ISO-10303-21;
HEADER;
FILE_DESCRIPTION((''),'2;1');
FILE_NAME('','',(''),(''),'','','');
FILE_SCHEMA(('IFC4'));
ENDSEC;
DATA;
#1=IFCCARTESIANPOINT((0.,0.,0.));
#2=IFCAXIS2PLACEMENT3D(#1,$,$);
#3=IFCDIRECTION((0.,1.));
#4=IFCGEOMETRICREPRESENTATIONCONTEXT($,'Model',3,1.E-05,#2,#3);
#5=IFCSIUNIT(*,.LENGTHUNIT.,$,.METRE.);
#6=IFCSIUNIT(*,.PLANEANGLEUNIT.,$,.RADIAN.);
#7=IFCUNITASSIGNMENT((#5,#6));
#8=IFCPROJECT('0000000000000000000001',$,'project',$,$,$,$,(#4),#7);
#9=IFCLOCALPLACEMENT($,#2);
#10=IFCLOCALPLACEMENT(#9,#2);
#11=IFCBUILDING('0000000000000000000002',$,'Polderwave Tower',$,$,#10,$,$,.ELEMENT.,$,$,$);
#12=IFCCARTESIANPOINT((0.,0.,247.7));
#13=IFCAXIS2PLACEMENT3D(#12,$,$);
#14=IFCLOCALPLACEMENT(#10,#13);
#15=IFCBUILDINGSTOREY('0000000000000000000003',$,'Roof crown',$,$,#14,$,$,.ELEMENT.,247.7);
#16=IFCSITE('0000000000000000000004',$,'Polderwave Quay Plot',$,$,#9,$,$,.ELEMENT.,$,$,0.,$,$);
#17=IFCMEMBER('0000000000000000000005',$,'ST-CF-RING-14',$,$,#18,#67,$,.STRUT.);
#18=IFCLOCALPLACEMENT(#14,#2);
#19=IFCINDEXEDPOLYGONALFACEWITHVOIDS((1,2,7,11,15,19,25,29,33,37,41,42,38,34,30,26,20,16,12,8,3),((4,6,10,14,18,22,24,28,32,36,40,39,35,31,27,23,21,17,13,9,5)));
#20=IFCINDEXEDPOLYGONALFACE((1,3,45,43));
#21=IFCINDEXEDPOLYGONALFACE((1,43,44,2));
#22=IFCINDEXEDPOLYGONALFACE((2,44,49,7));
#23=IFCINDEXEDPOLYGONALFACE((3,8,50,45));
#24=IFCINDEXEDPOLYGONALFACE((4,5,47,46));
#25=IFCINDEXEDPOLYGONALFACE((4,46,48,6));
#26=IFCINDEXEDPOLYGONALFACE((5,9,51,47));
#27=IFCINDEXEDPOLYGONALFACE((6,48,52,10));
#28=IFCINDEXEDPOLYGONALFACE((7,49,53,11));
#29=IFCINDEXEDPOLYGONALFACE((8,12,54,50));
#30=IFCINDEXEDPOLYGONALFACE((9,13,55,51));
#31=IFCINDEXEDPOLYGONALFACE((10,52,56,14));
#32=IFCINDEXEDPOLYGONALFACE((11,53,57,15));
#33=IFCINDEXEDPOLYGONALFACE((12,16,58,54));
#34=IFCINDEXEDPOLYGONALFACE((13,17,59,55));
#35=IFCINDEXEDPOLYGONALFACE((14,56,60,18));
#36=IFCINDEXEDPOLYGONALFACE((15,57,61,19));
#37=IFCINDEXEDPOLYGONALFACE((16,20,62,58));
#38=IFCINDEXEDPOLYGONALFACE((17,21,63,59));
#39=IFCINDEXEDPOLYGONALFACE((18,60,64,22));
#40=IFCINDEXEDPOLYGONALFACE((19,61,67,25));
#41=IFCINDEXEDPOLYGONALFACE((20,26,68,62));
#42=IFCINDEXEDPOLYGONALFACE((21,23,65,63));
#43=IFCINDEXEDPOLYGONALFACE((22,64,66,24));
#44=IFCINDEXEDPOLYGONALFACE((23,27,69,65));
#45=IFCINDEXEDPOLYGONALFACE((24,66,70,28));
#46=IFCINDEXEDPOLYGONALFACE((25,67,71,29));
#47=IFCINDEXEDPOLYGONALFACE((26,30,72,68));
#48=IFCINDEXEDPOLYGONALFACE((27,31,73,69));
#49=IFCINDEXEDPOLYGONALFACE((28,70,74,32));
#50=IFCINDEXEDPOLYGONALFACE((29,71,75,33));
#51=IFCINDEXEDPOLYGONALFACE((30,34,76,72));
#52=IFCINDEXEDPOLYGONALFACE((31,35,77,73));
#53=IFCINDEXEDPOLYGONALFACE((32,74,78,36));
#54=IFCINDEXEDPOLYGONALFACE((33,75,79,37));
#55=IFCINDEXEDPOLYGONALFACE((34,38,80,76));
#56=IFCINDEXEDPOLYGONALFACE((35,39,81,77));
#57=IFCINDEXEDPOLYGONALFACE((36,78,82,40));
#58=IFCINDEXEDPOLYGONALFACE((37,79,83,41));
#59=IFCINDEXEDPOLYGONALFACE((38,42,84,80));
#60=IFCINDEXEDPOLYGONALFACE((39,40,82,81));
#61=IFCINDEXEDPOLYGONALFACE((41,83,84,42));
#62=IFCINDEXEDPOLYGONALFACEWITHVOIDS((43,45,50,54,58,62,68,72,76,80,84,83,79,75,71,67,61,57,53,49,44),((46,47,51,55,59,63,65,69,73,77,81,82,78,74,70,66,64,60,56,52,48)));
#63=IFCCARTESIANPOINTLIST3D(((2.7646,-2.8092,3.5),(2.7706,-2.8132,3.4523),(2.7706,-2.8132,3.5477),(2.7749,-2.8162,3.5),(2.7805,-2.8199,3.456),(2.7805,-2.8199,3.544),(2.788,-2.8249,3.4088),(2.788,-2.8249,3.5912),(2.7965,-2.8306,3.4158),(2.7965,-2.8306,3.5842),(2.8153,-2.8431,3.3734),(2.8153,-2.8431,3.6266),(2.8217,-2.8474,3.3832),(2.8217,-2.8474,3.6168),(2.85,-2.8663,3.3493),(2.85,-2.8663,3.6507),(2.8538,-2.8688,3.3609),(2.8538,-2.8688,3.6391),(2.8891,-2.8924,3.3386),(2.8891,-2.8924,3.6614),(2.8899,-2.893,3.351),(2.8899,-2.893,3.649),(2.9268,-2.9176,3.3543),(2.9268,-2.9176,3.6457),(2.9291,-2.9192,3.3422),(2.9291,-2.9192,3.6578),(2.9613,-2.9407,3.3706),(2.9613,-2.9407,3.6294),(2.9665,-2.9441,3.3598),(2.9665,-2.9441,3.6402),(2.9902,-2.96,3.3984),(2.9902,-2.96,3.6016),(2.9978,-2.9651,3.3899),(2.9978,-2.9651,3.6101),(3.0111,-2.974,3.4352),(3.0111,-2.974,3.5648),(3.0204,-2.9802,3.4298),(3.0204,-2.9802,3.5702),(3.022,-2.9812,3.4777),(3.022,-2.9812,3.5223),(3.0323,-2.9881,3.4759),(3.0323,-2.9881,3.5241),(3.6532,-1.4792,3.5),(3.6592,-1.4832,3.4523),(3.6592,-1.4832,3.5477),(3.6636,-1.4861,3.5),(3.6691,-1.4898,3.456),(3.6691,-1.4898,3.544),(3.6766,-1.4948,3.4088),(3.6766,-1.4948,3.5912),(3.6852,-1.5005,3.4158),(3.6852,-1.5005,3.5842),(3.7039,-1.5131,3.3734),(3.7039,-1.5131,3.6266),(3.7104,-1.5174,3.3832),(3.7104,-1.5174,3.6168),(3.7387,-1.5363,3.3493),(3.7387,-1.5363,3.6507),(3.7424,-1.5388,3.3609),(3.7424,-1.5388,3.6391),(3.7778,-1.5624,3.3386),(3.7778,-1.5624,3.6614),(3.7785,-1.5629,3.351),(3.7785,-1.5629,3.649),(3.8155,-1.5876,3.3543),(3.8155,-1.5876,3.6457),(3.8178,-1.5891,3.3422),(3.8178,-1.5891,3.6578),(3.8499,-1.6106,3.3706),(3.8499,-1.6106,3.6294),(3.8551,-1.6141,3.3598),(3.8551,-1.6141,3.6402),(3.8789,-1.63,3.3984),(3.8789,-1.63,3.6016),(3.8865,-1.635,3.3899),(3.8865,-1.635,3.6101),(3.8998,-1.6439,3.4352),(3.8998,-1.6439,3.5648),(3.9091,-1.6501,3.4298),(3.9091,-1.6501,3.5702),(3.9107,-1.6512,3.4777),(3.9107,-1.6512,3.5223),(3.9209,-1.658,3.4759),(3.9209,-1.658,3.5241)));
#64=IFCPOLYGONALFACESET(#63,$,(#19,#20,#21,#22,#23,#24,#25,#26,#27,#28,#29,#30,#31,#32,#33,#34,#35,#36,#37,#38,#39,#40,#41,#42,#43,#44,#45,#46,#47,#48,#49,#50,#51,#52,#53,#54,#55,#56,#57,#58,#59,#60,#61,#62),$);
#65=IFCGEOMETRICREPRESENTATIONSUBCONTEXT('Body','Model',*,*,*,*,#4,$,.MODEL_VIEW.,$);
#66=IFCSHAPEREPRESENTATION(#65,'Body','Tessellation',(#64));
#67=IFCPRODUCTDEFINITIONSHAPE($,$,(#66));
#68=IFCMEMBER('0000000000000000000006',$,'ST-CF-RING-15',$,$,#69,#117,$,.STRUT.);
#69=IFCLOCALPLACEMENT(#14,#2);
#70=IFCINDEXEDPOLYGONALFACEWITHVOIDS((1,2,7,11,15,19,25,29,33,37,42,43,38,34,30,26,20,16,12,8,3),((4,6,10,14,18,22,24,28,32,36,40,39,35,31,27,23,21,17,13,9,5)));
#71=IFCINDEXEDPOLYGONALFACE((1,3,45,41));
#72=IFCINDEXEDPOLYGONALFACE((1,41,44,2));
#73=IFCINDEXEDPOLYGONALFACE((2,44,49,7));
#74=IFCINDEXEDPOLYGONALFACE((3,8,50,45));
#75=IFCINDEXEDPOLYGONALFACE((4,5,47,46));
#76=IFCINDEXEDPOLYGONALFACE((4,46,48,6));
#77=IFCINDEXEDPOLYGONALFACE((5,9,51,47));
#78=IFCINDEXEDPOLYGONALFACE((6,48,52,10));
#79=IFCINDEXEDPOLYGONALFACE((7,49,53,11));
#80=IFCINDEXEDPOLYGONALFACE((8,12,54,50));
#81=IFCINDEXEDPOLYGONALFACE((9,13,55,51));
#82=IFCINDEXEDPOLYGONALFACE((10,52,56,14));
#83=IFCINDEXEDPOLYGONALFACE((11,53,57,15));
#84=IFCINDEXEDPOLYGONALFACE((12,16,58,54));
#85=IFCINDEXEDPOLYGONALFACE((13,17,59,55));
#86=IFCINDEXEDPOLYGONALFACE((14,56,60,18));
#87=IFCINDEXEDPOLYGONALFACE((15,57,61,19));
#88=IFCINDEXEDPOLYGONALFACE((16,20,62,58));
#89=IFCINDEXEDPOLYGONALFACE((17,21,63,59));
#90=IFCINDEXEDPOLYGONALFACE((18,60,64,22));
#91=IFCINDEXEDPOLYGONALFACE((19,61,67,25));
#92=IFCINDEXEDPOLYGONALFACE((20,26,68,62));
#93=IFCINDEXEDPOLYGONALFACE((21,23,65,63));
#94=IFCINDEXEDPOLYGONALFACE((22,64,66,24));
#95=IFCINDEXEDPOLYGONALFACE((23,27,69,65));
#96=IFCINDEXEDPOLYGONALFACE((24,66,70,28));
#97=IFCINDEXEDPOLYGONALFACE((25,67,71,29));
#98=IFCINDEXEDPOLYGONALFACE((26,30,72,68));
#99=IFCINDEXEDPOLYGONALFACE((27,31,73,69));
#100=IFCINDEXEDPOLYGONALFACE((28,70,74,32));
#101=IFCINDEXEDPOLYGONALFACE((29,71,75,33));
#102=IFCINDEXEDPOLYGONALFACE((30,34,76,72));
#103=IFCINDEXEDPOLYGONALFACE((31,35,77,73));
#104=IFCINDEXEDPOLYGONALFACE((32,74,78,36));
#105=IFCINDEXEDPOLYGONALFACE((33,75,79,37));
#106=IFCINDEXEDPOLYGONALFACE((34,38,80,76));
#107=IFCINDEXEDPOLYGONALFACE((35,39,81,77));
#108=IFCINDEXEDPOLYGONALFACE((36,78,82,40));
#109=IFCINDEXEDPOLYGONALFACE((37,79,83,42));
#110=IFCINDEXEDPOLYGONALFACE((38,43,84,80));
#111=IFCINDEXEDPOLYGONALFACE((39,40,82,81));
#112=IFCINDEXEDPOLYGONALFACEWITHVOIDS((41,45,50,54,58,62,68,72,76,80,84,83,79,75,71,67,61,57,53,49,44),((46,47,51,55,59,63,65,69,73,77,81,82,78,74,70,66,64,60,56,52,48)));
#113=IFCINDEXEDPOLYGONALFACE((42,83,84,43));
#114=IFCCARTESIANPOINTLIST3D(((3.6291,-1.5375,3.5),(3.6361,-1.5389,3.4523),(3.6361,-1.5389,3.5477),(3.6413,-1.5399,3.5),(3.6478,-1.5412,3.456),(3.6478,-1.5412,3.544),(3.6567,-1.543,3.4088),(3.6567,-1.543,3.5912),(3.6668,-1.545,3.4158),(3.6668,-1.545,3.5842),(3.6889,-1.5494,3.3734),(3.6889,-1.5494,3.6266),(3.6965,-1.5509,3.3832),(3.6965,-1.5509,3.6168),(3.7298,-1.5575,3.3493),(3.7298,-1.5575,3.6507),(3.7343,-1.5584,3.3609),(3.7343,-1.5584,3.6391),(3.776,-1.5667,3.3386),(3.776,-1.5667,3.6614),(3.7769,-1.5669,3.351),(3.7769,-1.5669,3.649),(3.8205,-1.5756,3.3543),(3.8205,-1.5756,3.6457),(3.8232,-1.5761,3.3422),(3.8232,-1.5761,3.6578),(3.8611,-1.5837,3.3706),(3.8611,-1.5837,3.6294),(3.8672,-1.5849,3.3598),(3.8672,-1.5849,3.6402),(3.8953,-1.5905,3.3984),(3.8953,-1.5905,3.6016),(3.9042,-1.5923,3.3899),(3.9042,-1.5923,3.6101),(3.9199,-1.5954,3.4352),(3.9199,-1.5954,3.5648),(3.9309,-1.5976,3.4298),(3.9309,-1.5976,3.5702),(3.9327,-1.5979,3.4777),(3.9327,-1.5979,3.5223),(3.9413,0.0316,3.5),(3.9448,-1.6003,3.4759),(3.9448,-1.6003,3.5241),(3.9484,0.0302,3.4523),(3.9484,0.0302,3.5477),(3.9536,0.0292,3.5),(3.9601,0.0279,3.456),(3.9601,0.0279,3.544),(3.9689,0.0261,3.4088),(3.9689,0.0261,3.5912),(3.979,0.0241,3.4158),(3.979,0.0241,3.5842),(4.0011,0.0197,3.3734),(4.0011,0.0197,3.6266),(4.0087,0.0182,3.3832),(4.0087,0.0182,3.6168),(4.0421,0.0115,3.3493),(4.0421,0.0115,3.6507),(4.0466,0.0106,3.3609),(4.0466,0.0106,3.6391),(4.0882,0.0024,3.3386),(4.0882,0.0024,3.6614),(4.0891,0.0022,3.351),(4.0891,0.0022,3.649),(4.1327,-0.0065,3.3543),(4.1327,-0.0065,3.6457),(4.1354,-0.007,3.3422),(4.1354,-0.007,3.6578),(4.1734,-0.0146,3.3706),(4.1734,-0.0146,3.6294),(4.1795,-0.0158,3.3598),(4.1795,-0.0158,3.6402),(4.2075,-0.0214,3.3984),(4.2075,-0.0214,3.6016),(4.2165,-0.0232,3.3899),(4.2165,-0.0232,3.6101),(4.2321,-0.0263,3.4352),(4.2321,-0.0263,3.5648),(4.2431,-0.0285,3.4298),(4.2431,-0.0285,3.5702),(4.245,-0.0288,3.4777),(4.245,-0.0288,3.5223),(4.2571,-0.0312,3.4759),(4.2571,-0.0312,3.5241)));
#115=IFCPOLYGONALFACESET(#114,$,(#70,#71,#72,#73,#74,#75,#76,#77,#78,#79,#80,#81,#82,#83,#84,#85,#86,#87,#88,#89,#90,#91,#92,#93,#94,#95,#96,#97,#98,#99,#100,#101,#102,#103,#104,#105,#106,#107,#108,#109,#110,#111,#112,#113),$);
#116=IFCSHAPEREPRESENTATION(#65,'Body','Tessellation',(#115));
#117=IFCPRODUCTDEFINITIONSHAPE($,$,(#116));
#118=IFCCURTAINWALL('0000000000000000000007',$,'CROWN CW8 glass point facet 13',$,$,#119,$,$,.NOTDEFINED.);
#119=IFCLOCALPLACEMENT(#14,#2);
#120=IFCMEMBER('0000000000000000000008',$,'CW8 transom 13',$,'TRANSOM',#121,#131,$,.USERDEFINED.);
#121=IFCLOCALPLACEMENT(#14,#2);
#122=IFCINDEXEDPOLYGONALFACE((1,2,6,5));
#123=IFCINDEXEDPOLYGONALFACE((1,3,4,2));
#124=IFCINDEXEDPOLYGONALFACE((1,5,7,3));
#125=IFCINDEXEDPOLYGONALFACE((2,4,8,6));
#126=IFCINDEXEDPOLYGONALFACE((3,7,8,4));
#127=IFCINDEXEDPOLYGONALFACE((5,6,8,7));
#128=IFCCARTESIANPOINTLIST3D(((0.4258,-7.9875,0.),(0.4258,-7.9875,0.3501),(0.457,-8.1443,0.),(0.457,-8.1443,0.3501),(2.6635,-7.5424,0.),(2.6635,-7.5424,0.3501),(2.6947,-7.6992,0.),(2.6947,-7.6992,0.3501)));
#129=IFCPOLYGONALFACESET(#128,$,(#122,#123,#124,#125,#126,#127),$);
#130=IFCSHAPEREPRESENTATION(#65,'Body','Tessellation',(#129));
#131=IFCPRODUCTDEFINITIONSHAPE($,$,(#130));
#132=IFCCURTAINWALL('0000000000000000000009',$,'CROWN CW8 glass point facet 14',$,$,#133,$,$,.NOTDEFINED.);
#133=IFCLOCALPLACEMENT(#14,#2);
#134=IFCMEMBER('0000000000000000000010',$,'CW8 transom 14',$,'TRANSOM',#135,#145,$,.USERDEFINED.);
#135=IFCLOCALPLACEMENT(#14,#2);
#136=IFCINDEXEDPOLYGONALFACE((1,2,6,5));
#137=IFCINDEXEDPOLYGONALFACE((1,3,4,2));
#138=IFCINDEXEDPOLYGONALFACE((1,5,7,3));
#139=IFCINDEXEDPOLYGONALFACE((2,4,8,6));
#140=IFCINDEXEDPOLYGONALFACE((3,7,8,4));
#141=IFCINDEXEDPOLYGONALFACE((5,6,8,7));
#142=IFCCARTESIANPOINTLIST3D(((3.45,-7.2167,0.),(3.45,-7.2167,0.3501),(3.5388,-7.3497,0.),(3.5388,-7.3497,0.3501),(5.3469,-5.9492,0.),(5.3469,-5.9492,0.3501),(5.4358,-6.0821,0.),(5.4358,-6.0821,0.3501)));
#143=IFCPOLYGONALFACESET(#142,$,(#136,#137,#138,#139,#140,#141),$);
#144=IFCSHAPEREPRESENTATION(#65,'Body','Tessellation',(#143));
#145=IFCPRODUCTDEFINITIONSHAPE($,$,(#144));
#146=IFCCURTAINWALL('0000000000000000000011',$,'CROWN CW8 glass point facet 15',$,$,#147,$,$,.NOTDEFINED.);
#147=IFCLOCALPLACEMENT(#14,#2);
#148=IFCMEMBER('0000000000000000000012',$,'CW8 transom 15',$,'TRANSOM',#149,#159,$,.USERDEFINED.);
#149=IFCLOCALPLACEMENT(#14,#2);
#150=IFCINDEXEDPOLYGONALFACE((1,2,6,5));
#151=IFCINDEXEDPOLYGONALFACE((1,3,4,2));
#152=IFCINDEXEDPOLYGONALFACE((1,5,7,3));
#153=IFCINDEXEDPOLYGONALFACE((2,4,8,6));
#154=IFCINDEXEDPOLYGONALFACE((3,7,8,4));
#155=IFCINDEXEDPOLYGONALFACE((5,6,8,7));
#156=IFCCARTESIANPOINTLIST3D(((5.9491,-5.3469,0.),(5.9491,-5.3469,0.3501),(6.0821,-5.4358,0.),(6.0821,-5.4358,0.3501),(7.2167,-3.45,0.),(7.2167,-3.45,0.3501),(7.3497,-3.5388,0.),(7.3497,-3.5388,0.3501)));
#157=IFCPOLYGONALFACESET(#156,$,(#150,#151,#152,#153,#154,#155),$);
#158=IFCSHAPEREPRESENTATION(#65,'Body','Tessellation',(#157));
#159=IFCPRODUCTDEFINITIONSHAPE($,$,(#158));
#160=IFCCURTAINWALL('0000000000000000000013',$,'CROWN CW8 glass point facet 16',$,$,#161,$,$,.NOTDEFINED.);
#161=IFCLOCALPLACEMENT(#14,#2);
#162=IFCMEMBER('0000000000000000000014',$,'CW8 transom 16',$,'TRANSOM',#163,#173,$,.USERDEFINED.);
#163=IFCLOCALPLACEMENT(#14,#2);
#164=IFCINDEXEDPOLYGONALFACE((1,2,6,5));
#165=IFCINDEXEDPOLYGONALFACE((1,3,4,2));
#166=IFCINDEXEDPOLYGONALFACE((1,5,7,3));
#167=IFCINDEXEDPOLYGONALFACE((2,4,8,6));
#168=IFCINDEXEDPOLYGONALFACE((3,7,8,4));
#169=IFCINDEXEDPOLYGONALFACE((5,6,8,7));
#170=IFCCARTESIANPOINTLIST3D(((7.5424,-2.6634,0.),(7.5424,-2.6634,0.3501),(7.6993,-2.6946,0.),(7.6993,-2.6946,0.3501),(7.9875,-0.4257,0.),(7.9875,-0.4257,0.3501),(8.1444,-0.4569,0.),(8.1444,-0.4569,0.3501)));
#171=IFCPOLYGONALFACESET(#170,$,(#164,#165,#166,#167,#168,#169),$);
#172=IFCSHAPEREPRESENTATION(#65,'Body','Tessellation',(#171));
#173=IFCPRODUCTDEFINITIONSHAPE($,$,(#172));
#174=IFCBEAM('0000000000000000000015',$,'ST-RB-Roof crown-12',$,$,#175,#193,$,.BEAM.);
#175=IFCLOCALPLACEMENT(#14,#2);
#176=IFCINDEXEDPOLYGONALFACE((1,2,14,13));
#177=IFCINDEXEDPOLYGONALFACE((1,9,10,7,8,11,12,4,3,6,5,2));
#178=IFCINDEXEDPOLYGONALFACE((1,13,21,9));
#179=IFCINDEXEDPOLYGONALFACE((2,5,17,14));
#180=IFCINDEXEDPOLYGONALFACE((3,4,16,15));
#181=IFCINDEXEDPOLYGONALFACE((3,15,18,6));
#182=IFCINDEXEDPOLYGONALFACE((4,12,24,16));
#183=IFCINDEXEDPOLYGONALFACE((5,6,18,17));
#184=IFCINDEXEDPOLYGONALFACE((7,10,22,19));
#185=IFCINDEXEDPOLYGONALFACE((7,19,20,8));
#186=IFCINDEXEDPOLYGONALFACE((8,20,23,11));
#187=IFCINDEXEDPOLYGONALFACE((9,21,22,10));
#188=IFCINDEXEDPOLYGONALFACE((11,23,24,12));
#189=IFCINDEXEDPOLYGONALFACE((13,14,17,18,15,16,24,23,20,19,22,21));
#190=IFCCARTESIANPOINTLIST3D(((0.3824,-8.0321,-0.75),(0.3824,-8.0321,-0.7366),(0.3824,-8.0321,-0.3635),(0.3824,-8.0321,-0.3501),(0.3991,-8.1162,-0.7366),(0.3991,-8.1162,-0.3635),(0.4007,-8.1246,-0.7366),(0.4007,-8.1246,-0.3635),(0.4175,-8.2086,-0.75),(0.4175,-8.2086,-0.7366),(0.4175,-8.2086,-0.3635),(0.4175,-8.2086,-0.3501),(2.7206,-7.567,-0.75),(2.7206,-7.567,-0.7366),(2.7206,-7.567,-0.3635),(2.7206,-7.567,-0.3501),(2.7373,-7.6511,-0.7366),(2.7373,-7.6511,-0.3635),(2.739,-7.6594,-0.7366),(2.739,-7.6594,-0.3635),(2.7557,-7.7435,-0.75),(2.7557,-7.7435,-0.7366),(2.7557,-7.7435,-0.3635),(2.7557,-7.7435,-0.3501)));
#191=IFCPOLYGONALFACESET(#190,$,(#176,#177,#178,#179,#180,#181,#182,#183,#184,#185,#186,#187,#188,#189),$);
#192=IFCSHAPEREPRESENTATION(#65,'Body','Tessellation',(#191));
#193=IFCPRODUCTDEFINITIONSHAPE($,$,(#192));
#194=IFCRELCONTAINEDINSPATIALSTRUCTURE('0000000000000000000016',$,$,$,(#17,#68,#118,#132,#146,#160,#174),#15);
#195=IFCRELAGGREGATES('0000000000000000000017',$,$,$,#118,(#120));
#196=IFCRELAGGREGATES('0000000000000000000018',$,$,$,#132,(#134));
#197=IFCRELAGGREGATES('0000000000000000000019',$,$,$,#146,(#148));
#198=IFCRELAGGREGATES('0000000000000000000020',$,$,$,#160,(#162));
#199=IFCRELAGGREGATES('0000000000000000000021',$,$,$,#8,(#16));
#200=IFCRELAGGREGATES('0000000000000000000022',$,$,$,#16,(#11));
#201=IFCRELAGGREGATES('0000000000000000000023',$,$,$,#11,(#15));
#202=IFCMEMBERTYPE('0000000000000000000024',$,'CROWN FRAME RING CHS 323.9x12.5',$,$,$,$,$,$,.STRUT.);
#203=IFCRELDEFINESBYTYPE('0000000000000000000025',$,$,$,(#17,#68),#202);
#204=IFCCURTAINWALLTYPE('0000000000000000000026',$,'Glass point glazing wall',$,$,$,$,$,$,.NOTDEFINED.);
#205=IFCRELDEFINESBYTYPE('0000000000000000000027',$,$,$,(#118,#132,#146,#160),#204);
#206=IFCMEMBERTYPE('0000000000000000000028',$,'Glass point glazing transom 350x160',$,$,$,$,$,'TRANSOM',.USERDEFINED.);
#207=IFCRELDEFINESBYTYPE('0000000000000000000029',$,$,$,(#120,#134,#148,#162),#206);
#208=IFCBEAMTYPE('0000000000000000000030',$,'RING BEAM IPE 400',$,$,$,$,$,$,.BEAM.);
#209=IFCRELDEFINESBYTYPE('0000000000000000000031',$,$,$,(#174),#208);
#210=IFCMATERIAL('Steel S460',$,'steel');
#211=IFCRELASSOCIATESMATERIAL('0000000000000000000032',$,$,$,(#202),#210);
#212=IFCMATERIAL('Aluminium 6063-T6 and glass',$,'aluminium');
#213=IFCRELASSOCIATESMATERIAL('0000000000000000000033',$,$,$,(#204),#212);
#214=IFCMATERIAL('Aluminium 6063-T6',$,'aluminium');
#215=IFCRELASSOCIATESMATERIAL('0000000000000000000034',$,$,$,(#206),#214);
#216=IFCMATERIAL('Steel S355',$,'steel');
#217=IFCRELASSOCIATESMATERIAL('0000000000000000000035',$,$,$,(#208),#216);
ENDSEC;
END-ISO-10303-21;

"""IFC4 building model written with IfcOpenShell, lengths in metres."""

from ifc_helpers import new_model, si_unit, direction, frame, origin, origin_2d, place, context, subcontext, project, spatial, rectangle, hollow_circle, i_section, extrude, material, material_profile, profile_set, type_object, element, aggregate, save


model = new_model("IFC4")

# Units and contexts
model_context = context("Model", 3, precision=1e-05, world=origin(), true_north=direction((0.0, 1.0)))
body_context = subcontext(model_context, "Body", "Model", "MODEL_VIEW")
ifc_project = project(units=[si_unit("LENGTHUNIT", "METRE"), si_unit("PLANEANGLEUNIT", "RADIAN")], contexts=[model_context])

# Site, building, storey
site_placement = place(None, origin())
site = spatial("IfcSite", under=ifc_project, at=site_placement, Name="Polderwave Quay Plot", CompositionType="ELEMENT", RefElevation=0.0)
building_placement = place(site_placement, origin())
building = spatial("IfcBuilding", under=site, at=building_placement, Name="Polderwave Tower", CompositionType="ELEMENT")
storey_placement = place(building_placement, frame((0.0, 0.0, 247.7)))
storey = spatial("IfcBuildingStorey", under=building, at=storey_placement, Name="Roof crown", CompositionType="ELEMENT", Elevation=247.7)

# Members
ifc_material_1 = material(Name="Steel S460", Category="steel")
ifc_material_profile_1 = material_profile(ifc_material_1, hollow_circle(Radius=0.1619, WallThickness=0.0125, at=origin_2d()), Name="CHS 323.9x12.5")
ifc_profile_set_1 = profile_set([ifc_material_profile_1], Name="Steel S460")
member_type_1 = type_object("IfcMemberType", Name="CROWN FRAME RING CHS 323.9x12.5", PredefinedType="STRUT", material=ifc_profile_set_1)
for number, where, z_axis, x_axis, name in (
    (1, (2.8992, -2.8992, 3.5), (0.555545, 0.831486, 0.0), (-0.831486, 0.555545, 0.0), "ST-CF-RING-14"),
):
    element("IfcMember", number, at=place(storey_placement, frame(where, z_axis=z_axis, x_axis=x_axis)), inside=storey, type_object=member_type_1, Name=name, PredefinedType="STRUT", context=body_context, shape_type="SweptSolid", body=[
        extrude(hollow_circle(Radius=0.1619, WallThickness=0.0125, at=origin_2d()), origin(), (0.0, 0.0, 1.0), 1.5996),
    ])
member_1_placement = place(storey_placement, frame((3.7878, -1.5691, 3.5), z_axis=(0.195177, 0.980768, 0.0), x_axis=(-0.980768, 0.195177, 0.0)))
element("IfcMember", 2, at=member_1_placement, inside=storey, type_object=member_type_1, Name="ST-CF-RING-15", PredefinedType="STRUT", context=body_context, shape_type="SweptSolid", body=[
    extrude(hollow_circle(Radius=0.1619, WallThickness=0.0125, at=origin_2d()), origin(), (0.0, 0.0, 1.0), 1.5999),
])

# Curtain walls, members
ifc_material_2 = material(Name="Aluminium 6063-T6 and glass", Category="aluminium")
curtain_wall_type = type_object("IfcCurtainWallType", Name="Glass point glazing wall", PredefinedType="NOTDEFINED", material=ifc_material_2)
curtain_wall_1_placement = place(storey_placement, origin())
curtain_wall_1 = element("IfcCurtainWall", 3, at=curtain_wall_1_placement, inside=storey, type_object=curtain_wall_type, Name="CROWN CW8 glass point facet 13", PredefinedType="NOTDEFINED")
ifc_material_3 = material(Name="Aluminium 6063-T6", Category="aluminium")
ifc_material_profile_2 = material_profile(ifc_material_3, rectangle(XDim=0.1599, YDim=0.3501, at=origin_2d()), Name="AL 350x160")
ifc_profile_set_2 = profile_set([ifc_material_profile_2], Name="Aluminium 6063-T6")
member_type_2 = type_object("IfcMemberType", Name="Glass point glazing transom 350x160", ElementType="TRANSOM", PredefinedType="USERDEFINED", material=ifc_profile_set_2)
member_2_placement = place(storey_placement, frame((0.4414, -8.0659, 0.175), z_axis=(0.980786, 0.195087, 0.0), x_axis=(-0.195087, 0.980786, 0.0)))
member_2 = element("IfcMember", 4, at=member_2_placement, type_object=member_type_2, Name="CW8 transom 13", ObjectType="TRANSOM", PredefinedType="USERDEFINED", context=body_context, shape_type="SweptSolid", body=[
    extrude(rectangle(XDim=0.1599, YDim=0.3501, at=origin_2d()), origin(), (0.0, 0.0, 1.0), 2.2815),
])
curtain_wall_2_placement = place(storey_placement, origin())
curtain_wall_2 = element("IfcCurtainWall", 5, at=curtain_wall_2_placement, inside=storey, type_object=curtain_wall_type, Name="CROWN CW8 glass point facet 14", PredefinedType="NOTDEFINED")
member_3_placement = place(storey_placement, frame((3.4944, -7.2832, 0.175), z_axis=(0.831457, 0.555589, 0.0), x_axis=(-0.555589, 0.831457, 0.0)))
member_3 = element("IfcMember", 6, at=member_3_placement, type_object=member_type_2, Name="CW8 transom 14", ObjectType="TRANSOM", PredefinedType="USERDEFINED", context=body_context, shape_type="SweptSolid", body=[
    extrude(rectangle(XDim=0.1599, YDim=0.3501, at=origin_2d()), origin(), (0.0, 0.0, 1.0), 2.2815),
])
curtain_wall_3_placement = place(storey_placement, origin())
curtain_wall_3 = element("IfcCurtainWall", 7, at=curtain_wall_3_placement, inside=storey, type_object=curtain_wall_type, Name="CROWN CW8 glass point facet 15", PredefinedType="NOTDEFINED")
member_4_placement = place(storey_placement, frame((6.0156, -5.3914, 0.175), z_axis=(0.555589, 0.831457, 0.0), x_axis=(-0.831457, 0.555589, 0.0)))
member_4 = element("IfcMember", 8, at=member_4_placement, type_object=member_type_2, Name="CW8 transom 15", ObjectType="TRANSOM", PredefinedType="USERDEFINED", context=body_context, shape_type="SweptSolid", body=[
    extrude(rectangle(XDim=0.1599, YDim=0.3501, at=origin_2d()), origin(), (0.0, 0.0, 1.0), 2.2815),
])
curtain_wall_4_placement = place(storey_placement, origin())
curtain_wall_4 = element("IfcCurtainWall", 9, at=curtain_wall_4_placement, inside=storey, type_object=curtain_wall_type, Name="CROWN CW8 glass point facet 16", PredefinedType="NOTDEFINED")
member_5_placement = place(storey_placement, frame((7.6208, -2.679, 0.175), z_axis=(0.195087, 0.980786, 0.0), x_axis=(-0.980786, 0.195087, 0.0)))
member_5 = element("IfcMember", 10, at=member_5_placement, type_object=member_type_2, Name="CW8 transom 16", ObjectType="TRANSOM", PredefinedType="USERDEFINED", context=body_context, shape_type="SweptSolid", body=[
    extrude(rectangle(XDim=0.1599, YDim=0.3501, at=origin_2d()), origin(), (0.0, 0.0, 1.0), 2.2815),
])

# Beam
ifc_material_4 = material(Name="Steel S355", Category="steel")
ifc_material_profile_3 = material_profile(ifc_material_4, i_section(OverallWidth=0.1799, OverallDepth=0.3999, WebThickness=0.0085, FlangeThickness=0.0134, at=origin_2d()), Name="IPE 400")
ifc_profile_set_3 = profile_set([ifc_material_profile_3], Name="Steel S355")
beam_type = type_object("IfcBeamType", Name="RING BEAM IPE 400", PredefinedType="BEAM", material=ifc_profile_set_3)
beam_1_placement = place(storey_placement, frame((0.3999, -8.1204, -0.55), z_axis=(0.980785, 0.195092, 0.0), x_axis=(-0.195092, 0.980785, 0.0)))
element("IfcBeam", 11, at=beam_1_placement, inside=storey, type_object=beam_type, Name="ST-RB-Roof crown-12", PredefinedType="BEAM", context=body_context, shape_type="SweptSolid", body=[
    extrude(i_section(OverallWidth=0.1799, OverallDepth=0.3999, WebThickness=0.0085, FlangeThickness=0.0134, at=origin_2d()), origin(), (0.0, 0.0, 1.0), 2.384),
])

aggregate(curtain_wall_1, [member_2])
aggregate(curtain_wall_2, [member_3])
aggregate(curtain_wall_3, [member_4])
aggregate(curtain_wall_4, [member_5])

save(model, "model.ifc")
